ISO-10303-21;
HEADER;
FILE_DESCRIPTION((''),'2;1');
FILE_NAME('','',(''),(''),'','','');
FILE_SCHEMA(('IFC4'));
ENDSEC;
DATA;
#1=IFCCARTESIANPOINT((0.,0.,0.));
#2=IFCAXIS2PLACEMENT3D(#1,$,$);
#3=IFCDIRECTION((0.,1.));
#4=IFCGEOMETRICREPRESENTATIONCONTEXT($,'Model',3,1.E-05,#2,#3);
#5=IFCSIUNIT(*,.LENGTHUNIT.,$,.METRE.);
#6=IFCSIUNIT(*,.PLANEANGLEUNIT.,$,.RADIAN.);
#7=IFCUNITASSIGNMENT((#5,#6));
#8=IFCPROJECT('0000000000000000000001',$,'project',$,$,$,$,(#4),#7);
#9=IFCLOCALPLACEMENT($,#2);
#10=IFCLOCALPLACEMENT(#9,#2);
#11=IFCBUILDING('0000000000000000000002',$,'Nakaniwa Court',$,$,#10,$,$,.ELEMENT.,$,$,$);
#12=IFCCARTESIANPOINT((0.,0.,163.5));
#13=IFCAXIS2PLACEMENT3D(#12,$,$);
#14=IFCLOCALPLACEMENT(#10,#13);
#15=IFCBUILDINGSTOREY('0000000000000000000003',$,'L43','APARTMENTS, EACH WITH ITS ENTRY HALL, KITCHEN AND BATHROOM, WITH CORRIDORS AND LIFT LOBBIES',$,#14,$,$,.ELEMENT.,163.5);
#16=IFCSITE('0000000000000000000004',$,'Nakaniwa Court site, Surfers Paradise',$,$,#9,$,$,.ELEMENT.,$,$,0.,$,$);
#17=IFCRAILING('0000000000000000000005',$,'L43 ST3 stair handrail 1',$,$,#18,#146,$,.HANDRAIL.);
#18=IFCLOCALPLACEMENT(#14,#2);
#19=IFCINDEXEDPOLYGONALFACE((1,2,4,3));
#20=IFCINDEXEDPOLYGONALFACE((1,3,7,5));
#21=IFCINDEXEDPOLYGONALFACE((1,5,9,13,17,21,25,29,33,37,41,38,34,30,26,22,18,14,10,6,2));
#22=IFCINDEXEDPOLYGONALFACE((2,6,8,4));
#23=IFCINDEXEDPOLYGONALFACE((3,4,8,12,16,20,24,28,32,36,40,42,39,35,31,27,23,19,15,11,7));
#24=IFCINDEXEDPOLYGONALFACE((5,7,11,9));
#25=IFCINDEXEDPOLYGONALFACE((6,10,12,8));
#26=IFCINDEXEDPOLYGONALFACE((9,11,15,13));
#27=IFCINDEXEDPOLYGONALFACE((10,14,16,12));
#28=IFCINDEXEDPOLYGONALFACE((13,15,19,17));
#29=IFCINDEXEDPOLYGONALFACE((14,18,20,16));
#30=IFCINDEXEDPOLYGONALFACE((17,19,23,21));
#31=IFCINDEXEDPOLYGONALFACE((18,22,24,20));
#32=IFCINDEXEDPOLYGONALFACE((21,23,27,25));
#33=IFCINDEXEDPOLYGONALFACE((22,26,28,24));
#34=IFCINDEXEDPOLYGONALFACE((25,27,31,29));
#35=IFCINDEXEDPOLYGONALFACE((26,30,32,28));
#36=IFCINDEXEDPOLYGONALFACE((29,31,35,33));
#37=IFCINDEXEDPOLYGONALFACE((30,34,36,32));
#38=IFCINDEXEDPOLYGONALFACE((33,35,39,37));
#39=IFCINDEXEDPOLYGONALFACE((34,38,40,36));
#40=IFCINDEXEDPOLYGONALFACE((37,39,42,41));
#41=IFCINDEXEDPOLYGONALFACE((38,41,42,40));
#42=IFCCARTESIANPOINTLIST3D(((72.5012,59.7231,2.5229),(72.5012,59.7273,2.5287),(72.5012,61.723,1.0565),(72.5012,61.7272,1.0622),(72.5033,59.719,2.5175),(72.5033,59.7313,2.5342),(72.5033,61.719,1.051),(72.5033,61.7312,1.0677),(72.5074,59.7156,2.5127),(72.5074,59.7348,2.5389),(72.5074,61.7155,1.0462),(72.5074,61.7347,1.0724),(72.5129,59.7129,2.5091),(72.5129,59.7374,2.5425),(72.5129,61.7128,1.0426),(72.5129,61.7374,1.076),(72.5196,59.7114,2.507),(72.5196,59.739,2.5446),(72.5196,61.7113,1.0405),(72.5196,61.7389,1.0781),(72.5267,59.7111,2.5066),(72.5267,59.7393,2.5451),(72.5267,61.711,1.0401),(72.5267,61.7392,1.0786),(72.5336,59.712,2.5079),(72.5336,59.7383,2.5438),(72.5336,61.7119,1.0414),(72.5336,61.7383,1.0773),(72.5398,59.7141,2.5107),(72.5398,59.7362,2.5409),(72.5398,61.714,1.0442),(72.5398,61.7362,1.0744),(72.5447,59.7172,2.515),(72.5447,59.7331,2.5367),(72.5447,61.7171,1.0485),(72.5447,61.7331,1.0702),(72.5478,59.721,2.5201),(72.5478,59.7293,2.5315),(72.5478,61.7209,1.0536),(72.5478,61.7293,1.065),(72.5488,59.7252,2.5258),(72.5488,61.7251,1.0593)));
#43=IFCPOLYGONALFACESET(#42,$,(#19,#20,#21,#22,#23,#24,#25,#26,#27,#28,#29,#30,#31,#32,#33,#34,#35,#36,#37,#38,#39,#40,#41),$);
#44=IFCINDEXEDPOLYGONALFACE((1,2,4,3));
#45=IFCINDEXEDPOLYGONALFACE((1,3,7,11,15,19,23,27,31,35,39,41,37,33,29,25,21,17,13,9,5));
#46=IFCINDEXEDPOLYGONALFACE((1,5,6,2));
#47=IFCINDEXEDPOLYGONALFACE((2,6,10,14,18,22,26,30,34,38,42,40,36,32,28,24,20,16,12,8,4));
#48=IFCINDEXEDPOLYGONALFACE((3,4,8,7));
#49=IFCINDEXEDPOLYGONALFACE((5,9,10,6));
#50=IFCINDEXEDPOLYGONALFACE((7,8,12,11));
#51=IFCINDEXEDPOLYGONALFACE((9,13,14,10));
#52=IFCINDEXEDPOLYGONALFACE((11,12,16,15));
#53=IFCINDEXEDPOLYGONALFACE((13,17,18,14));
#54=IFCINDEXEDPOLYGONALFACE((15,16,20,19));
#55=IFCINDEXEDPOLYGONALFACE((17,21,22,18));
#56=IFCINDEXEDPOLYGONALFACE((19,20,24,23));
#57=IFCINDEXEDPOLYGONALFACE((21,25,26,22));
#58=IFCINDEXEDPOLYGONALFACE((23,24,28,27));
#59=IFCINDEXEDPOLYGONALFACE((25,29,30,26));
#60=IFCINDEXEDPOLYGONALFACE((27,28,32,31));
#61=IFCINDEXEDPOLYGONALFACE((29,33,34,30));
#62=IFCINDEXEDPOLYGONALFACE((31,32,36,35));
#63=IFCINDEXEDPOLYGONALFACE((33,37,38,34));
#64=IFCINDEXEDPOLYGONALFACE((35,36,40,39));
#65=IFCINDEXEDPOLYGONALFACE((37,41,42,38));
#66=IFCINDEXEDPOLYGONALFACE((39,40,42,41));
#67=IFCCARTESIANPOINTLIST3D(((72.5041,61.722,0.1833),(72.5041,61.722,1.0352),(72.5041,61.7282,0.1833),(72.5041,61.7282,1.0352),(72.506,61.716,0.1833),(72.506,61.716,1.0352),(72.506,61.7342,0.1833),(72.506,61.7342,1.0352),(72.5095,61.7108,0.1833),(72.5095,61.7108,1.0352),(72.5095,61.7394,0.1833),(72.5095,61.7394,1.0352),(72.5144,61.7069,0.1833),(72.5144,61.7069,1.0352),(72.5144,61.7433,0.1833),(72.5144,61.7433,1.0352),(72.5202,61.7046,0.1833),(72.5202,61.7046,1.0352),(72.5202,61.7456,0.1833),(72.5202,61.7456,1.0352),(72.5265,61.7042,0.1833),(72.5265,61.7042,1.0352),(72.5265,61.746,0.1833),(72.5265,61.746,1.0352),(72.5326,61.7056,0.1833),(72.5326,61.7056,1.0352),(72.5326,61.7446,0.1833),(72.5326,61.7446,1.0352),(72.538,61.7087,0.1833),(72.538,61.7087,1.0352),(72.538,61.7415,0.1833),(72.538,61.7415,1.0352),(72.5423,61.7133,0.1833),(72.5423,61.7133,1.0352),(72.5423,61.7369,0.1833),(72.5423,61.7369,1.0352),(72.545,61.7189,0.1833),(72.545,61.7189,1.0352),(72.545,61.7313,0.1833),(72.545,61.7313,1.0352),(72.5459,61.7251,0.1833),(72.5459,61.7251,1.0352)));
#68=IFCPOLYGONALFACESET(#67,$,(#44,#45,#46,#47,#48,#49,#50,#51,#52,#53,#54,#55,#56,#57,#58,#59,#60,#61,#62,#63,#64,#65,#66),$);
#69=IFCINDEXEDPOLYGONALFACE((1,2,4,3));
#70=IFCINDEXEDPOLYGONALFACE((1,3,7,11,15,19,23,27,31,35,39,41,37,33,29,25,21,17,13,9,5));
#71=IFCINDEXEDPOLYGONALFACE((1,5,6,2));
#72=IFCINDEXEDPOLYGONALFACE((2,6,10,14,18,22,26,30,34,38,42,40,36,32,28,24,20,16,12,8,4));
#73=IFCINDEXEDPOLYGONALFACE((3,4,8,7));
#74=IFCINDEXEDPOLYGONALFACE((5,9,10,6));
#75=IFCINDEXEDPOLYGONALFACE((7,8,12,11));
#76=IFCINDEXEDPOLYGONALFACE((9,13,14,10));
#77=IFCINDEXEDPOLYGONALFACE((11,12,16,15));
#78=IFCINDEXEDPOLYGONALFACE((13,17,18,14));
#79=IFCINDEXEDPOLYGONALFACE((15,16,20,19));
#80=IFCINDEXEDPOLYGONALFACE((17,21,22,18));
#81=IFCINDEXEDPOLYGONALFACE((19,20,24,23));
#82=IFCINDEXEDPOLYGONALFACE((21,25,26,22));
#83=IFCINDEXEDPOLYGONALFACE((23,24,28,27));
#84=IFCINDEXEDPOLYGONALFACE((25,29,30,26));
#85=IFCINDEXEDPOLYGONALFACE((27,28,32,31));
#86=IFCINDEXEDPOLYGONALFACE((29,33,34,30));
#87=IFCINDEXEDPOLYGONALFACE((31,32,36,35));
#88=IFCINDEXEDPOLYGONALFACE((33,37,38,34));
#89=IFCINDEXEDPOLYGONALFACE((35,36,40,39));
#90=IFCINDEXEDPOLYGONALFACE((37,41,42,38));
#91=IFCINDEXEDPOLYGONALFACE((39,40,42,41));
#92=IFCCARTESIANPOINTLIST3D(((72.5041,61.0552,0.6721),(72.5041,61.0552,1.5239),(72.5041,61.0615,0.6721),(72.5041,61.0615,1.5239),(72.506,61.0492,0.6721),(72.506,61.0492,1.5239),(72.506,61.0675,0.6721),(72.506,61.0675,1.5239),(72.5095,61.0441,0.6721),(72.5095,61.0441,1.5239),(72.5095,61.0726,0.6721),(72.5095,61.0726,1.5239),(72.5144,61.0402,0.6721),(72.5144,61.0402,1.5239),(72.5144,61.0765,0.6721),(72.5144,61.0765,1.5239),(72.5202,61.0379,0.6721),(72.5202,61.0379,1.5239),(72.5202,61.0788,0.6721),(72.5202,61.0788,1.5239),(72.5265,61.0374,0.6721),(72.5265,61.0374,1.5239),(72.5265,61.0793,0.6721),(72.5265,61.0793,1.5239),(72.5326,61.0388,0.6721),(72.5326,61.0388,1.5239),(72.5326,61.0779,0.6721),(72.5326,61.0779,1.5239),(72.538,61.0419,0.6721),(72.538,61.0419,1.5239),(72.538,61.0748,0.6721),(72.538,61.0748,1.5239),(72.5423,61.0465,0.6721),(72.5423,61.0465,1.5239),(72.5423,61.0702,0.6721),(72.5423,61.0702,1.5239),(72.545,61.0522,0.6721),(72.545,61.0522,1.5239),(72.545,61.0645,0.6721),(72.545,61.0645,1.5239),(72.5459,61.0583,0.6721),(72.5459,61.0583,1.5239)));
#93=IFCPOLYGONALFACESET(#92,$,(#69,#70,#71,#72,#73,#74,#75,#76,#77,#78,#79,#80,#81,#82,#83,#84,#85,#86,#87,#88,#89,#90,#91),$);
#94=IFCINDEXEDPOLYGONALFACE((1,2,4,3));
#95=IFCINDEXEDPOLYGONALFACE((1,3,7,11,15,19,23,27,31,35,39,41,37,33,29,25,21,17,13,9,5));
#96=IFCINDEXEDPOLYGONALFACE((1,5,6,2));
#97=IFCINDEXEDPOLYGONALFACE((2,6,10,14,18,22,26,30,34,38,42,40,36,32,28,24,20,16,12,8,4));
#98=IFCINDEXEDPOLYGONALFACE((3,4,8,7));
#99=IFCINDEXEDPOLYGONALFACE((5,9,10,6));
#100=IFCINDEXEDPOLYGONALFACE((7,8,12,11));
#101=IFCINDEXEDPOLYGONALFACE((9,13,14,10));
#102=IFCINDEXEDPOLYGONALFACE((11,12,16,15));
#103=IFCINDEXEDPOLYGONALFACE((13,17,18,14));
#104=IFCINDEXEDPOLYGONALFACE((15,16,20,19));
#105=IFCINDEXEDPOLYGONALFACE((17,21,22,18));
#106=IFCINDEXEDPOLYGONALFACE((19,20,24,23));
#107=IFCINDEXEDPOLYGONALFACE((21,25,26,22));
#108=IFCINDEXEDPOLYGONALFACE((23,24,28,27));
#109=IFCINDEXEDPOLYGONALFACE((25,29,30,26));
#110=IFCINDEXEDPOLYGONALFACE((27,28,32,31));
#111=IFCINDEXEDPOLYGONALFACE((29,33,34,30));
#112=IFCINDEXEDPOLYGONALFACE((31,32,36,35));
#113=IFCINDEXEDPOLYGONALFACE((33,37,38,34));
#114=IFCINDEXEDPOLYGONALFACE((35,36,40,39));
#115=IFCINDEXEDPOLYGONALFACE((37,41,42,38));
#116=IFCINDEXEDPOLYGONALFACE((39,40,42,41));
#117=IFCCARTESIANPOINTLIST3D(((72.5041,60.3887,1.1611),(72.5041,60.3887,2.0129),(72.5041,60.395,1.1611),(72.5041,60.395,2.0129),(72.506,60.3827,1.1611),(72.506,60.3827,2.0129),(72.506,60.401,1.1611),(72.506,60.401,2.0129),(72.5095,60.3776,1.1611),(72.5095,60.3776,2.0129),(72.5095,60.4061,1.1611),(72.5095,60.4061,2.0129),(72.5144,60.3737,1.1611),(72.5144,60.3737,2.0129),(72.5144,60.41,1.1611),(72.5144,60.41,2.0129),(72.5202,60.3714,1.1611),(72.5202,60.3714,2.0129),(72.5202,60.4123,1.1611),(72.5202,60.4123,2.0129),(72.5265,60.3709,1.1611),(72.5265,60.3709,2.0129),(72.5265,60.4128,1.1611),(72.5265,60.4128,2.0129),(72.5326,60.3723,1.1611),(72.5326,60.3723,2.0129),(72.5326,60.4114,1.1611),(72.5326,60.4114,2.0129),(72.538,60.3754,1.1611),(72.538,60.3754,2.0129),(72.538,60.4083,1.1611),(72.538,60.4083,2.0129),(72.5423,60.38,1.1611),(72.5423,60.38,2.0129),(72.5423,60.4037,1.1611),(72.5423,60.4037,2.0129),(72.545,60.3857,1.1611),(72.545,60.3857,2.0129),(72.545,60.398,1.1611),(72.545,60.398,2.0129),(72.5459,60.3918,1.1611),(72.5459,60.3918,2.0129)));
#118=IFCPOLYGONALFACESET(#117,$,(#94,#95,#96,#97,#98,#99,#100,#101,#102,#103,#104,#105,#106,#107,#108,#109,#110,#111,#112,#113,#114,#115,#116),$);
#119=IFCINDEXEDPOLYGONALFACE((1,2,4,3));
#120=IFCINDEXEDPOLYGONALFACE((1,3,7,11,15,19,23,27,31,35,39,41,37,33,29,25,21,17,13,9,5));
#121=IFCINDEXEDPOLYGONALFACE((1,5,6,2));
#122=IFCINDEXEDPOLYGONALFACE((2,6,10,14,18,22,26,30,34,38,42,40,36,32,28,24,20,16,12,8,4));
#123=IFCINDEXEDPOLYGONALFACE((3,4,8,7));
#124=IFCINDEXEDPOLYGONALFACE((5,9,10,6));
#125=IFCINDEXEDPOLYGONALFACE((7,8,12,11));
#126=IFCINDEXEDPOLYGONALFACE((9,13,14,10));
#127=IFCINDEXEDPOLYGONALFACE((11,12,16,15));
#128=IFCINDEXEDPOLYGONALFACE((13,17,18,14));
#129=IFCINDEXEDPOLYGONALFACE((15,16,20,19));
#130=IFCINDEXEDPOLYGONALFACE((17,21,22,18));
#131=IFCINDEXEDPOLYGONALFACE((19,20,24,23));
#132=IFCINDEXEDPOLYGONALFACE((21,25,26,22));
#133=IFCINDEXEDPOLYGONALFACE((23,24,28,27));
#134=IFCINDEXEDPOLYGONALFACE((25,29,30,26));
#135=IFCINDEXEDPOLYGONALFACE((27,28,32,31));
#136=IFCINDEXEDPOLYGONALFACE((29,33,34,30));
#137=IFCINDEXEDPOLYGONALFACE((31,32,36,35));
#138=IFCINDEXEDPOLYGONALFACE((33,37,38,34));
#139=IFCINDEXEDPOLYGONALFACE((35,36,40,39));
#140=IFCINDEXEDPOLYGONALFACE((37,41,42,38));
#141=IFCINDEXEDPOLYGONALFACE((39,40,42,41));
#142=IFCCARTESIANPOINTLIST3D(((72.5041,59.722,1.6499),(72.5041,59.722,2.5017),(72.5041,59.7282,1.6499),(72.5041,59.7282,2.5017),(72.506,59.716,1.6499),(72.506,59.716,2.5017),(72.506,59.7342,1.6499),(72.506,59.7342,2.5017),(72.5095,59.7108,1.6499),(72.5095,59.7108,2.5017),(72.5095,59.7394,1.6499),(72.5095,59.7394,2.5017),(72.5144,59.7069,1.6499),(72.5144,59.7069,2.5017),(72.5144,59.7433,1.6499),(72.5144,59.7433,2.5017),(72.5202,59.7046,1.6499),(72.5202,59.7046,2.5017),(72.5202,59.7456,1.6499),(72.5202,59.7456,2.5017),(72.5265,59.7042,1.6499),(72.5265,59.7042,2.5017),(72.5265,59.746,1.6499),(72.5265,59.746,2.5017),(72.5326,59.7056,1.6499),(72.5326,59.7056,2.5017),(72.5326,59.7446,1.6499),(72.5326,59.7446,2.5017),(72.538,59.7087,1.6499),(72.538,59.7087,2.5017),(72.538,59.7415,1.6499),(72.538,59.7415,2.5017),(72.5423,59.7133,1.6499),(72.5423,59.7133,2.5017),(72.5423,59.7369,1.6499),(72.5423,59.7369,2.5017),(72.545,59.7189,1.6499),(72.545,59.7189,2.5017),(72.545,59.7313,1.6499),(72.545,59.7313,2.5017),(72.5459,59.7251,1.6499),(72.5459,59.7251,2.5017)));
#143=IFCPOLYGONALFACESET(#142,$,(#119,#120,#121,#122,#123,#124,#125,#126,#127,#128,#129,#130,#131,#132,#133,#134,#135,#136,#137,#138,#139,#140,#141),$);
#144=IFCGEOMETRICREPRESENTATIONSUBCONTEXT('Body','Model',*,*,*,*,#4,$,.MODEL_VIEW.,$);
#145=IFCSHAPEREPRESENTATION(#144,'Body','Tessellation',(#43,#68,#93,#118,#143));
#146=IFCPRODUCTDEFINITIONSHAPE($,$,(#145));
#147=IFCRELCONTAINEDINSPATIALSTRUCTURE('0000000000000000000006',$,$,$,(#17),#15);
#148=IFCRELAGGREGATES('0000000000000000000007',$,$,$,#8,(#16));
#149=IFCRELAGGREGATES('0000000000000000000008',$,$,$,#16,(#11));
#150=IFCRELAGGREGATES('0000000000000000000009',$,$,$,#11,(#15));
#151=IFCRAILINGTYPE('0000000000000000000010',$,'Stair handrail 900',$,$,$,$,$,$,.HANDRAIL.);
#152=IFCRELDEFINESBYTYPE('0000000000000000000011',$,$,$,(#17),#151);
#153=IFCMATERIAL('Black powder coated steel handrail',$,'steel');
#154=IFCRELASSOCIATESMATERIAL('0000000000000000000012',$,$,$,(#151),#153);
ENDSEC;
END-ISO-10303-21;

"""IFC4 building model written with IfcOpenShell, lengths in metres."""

from ifc_helpers import new_model, si_unit, direction, frame, origin, origin_2d, place, context, subcontext, project, spatial, circle, extrude, material, type_object, element, save


model = new_model("IFC4")

# Units and contexts
model_context = context("Model", 3, precision=1e-05, world=origin(), true_north=direction((0.0, 1.0)))
body_context = subcontext(model_context, "Body", "Model", "MODEL_VIEW")
ifc_project = project(units=[si_unit("LENGTHUNIT", "METRE"), si_unit("PLANEANGLEUNIT", "RADIAN")], contexts=[model_context])

# Site, building, storey
site_placement = place(None, origin())
site = spatial("IfcSite", under=ifc_project, at=site_placement, Name="Nakaniwa Court site, Surfers Paradise", CompositionType="ELEMENT", RefElevation=0.0)
building_placement = place(site_placement, origin())
building = spatial("IfcBuilding", under=site, at=building_placement, Name="Nakaniwa Court", CompositionType="ELEMENT")
storey_placement = place(building_placement, frame((0.0, 0.0, 163.5)))
storey = spatial("IfcBuildingStorey", under=building, at=storey_placement, Name="L43", Description="APARTMENTS, EACH WITH ITS ENTRY HALL, KITCHEN AND BATHROOM, WITH CORRIDORS AND LIFT LOBBIES", CompositionType="ELEMENT", Elevation=163.5)

# Railing
ifc_material_1 = material(Name="Black powder coated steel handrail", Category="steel")
railing_type_1 = type_object("IfcRailingType", Name="Stair handrail 900", PredefinedType="HANDRAIL", material=ifc_material_1)
railing_1_placement = place(storey_placement, frame((72.5249, 61.7251, 0.1833)))
element("IfcRailing", 1, at=railing_1_placement, inside=storey, type_object=railing_type_1, Name="L43 ST3 stair handrail 1", PredefinedType="HANDRAIL", context=body_context, shape_type="SweptSolid", body=[
    extrude(circle(Radius=0.0239, at=origin_2d()), frame((0.0, 0.0, 0.876), z_axis=(0.0, -0.806427, 0.591334), x_axis=(1.0, 0.0, 0.0)), (0.0, 0.0, 1.0), 2.48),
    extrude(circle(Radius=0.021, at=origin_2d()), origin(), (0.0, 0.0, 1.0), 0.8518),
    extrude(circle(Radius=0.021, at=origin_2d()), frame((0.0, -0.6667, 0.4888)), (0.0, 0.0, 1.0), 0.8518),
    extrude(circle(Radius=0.021, at=origin_2d()), frame((0.0, -1.3333, 0.9778)), (0.0, 0.0, 1.0), 0.8518),
    extrude(circle(Radius=0.021, at=origin_2d()), frame((0.0, -2.0, 1.4666)), (0.0, 0.0, 1.0), 0.8518),
])

save(model, "model.ifc")
